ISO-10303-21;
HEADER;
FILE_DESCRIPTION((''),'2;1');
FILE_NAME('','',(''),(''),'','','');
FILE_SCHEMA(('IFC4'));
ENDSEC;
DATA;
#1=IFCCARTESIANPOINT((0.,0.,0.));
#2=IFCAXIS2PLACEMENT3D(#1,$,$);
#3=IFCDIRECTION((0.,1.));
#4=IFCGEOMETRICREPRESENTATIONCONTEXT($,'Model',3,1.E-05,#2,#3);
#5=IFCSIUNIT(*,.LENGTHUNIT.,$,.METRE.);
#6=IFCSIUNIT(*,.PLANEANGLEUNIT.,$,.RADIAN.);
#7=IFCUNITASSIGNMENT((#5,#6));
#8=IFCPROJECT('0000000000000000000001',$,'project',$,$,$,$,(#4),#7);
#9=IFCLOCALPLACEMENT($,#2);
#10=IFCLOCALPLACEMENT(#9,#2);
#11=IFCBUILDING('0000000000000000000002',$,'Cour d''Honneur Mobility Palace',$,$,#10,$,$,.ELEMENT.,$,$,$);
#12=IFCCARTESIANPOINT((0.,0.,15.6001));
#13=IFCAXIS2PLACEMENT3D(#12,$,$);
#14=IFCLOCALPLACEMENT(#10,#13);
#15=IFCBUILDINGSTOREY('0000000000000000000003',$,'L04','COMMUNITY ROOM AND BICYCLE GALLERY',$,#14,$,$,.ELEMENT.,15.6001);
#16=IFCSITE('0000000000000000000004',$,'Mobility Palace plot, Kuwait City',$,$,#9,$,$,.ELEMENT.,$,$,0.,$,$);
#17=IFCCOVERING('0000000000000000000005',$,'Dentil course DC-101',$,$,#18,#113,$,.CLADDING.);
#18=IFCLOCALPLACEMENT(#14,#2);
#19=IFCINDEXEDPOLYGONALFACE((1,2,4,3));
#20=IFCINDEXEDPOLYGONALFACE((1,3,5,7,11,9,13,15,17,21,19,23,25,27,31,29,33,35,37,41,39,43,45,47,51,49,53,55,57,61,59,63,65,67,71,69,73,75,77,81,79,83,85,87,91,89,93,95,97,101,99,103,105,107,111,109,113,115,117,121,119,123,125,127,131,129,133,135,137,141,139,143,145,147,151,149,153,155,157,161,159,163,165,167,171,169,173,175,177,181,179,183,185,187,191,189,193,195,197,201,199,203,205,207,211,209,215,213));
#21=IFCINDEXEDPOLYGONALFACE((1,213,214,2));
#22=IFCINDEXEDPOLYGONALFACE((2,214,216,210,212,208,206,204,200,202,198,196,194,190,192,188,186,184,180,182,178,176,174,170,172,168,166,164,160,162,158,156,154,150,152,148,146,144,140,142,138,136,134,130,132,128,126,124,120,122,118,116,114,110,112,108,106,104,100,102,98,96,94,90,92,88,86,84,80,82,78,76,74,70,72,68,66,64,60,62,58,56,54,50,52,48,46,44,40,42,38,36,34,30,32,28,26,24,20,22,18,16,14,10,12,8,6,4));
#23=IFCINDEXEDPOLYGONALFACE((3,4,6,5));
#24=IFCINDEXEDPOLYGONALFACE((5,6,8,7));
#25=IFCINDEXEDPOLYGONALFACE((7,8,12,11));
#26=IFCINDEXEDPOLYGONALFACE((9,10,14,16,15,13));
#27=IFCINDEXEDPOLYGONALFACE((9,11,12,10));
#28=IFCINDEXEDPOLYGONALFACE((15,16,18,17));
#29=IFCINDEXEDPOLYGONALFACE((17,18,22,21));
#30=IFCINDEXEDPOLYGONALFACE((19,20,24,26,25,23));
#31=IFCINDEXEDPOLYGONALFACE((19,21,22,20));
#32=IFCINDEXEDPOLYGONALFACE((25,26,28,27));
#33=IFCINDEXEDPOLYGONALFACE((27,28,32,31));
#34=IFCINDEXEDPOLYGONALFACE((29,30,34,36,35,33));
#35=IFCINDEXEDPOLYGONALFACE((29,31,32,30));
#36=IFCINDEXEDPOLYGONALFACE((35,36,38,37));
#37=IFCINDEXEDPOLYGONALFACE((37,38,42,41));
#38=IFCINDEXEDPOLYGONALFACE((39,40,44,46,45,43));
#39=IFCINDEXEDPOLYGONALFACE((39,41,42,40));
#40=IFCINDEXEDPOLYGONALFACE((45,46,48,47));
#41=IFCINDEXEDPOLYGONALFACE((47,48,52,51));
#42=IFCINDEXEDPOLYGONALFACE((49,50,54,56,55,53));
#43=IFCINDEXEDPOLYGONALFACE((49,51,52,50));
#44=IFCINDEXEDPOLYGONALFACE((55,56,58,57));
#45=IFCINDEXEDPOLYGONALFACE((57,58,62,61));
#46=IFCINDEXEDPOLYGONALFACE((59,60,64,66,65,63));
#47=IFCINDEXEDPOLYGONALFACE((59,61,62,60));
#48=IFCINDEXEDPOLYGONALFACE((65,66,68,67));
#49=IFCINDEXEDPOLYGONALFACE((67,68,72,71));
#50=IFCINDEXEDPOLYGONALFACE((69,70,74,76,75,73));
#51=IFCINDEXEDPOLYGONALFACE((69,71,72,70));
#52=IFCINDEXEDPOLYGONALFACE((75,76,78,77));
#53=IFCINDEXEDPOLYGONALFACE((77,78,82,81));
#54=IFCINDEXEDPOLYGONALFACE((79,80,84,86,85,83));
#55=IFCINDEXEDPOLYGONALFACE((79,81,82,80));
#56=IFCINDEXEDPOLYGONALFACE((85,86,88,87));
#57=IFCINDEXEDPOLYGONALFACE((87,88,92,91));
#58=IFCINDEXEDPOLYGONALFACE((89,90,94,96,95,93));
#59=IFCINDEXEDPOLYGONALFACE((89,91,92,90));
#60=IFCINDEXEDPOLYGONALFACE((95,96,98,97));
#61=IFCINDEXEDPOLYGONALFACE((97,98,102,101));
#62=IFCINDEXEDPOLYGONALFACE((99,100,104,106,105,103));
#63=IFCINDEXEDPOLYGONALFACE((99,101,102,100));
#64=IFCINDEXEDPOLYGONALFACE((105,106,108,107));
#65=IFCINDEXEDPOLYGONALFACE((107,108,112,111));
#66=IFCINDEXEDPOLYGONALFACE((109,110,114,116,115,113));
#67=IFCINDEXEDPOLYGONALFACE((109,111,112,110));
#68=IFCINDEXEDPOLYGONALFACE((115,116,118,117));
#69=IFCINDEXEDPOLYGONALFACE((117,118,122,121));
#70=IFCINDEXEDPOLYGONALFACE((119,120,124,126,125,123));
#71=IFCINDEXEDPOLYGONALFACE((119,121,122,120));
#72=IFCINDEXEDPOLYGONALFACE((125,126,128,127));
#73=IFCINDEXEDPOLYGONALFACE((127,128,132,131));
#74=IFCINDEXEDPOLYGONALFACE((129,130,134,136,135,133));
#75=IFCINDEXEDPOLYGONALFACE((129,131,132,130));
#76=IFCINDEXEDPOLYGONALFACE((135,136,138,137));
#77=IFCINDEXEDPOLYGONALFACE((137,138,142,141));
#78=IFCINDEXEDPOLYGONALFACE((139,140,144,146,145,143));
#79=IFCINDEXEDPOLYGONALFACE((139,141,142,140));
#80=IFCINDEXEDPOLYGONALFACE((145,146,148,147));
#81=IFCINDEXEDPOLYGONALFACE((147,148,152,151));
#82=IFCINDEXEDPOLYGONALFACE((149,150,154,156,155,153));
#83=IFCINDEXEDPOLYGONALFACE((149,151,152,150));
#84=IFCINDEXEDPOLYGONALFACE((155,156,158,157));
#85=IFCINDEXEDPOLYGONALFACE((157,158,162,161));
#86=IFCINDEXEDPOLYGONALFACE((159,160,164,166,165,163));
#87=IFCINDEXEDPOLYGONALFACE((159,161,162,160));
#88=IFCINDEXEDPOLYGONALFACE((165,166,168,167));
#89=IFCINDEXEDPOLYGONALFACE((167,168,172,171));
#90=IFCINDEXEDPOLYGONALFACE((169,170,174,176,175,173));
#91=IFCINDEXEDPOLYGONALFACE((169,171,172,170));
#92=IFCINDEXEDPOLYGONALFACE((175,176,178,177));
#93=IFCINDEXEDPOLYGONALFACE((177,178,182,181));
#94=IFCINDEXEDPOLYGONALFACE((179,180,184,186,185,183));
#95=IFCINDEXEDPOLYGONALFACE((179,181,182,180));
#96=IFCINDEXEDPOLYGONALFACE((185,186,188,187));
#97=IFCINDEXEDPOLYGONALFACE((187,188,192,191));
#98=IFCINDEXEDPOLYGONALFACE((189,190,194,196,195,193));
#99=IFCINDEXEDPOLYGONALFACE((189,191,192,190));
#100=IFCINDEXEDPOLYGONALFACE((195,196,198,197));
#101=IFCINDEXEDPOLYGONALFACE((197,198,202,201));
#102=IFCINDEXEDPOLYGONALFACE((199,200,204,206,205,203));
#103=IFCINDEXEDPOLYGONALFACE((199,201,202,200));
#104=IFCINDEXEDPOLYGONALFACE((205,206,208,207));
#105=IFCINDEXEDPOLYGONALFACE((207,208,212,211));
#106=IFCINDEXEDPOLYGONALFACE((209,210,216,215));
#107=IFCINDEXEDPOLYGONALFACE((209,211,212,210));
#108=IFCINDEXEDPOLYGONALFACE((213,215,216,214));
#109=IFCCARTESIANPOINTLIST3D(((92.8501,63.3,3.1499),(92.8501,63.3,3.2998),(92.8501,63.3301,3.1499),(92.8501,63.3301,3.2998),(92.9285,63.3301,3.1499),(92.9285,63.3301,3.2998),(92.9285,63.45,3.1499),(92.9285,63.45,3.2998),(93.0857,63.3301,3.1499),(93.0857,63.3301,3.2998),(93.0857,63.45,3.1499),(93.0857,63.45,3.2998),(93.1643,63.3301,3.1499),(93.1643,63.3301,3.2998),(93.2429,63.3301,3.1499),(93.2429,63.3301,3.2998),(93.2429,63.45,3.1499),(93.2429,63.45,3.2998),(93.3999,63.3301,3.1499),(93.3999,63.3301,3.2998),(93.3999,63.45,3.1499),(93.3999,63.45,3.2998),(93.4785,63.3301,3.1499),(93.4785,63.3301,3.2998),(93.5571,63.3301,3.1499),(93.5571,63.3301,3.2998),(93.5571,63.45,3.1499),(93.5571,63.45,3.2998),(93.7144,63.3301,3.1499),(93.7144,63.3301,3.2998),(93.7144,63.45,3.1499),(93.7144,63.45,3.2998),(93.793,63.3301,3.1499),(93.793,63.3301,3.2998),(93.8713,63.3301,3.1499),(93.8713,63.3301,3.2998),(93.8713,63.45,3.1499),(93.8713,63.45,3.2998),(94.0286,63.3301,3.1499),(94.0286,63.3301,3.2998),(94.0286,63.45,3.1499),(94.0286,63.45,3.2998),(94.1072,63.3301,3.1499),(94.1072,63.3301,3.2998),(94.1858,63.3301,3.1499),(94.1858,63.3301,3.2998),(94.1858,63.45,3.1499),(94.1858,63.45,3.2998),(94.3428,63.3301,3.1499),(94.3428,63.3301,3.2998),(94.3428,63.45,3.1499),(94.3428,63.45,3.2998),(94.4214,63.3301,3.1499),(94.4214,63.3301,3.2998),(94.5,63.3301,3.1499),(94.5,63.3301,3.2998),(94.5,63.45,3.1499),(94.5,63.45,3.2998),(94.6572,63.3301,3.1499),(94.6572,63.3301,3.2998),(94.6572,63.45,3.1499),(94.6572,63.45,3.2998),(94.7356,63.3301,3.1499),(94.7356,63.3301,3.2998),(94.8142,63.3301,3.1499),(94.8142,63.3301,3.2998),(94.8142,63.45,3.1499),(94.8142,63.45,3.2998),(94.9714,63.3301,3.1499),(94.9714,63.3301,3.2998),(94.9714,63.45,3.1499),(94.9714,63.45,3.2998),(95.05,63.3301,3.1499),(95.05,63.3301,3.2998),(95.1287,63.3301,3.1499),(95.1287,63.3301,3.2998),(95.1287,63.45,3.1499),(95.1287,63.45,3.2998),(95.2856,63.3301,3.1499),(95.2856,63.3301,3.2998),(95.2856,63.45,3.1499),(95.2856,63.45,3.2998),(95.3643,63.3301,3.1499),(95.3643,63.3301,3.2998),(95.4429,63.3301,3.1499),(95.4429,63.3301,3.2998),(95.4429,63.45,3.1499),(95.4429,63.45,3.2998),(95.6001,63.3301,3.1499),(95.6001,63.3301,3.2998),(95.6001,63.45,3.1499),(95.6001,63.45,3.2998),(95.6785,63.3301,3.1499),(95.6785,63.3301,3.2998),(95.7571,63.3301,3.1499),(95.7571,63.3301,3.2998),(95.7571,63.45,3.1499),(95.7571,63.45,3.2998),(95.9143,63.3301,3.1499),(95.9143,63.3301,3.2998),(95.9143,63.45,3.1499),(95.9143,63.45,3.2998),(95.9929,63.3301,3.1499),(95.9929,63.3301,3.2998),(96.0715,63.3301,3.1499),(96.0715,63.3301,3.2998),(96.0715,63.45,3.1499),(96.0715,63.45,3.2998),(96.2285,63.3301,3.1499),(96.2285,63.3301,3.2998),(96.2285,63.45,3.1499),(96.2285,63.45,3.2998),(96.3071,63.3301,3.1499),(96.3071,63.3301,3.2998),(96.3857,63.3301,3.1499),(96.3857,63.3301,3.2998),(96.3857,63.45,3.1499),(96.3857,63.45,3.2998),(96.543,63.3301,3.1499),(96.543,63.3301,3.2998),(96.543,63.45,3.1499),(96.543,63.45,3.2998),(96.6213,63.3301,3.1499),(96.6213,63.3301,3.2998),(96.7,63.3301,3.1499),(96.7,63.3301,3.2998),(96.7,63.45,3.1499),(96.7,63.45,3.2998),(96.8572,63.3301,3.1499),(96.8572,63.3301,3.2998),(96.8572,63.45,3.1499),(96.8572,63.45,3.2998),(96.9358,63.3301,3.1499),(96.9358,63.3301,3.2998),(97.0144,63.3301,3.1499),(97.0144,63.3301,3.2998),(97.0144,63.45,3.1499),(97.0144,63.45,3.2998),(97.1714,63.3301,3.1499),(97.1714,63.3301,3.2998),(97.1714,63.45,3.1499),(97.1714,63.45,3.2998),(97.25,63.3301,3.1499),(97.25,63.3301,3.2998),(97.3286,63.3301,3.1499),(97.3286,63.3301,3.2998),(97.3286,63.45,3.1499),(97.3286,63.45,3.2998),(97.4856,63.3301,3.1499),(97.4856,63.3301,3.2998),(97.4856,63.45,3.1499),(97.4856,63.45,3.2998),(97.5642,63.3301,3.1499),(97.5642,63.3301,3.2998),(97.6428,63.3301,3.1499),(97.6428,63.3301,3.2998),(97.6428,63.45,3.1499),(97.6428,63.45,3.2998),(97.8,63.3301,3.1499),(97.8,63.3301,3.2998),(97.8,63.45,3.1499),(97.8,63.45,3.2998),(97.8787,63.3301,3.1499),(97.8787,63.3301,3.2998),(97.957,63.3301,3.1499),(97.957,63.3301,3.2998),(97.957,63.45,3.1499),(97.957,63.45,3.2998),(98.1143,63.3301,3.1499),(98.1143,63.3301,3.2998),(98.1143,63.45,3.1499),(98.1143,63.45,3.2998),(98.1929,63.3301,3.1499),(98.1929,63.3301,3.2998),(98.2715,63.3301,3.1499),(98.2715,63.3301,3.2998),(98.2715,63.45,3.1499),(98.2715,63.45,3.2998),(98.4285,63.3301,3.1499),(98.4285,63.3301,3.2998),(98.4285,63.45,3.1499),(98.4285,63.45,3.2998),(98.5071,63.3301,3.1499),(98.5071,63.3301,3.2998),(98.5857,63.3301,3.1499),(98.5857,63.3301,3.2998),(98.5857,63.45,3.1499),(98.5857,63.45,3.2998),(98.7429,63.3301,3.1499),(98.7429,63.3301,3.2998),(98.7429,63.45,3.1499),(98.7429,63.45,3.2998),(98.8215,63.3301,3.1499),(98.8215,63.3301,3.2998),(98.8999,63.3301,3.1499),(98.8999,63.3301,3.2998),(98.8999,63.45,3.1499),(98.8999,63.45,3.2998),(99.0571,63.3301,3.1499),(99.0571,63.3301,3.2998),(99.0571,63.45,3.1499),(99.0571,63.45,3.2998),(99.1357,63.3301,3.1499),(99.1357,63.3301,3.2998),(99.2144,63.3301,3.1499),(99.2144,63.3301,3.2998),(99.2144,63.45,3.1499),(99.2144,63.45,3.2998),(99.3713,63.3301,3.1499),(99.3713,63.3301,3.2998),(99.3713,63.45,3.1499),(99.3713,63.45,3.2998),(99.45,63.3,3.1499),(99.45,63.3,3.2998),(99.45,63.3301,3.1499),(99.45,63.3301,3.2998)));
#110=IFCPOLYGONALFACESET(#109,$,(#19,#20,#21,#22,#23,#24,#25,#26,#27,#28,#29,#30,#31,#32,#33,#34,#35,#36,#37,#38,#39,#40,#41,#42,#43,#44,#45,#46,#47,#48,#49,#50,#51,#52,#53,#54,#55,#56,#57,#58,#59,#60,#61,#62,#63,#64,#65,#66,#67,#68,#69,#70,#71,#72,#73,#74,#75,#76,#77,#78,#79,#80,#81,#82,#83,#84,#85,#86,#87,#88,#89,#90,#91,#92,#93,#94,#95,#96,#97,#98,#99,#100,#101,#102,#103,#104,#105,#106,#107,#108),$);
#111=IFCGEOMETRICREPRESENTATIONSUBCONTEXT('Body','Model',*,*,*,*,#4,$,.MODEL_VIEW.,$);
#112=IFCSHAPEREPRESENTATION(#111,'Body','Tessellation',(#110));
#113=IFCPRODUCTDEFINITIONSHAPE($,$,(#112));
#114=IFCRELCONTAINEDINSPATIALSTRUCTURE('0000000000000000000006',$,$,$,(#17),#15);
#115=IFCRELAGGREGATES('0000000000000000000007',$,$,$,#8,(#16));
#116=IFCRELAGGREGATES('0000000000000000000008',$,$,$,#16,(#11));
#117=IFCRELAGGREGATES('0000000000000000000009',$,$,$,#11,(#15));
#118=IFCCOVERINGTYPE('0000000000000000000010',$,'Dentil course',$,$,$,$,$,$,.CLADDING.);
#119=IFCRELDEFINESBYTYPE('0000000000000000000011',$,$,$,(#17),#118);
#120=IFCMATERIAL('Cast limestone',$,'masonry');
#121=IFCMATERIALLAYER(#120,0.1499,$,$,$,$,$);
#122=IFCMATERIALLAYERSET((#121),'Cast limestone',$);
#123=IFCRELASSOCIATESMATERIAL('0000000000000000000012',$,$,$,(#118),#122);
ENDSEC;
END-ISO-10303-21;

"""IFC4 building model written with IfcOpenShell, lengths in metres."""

from ifc_helpers import new_model, si_unit, direction, frame, origin, place, context, subcontext, project, spatial, polyline, outline, extrude, material, layer, layer_set, type_object, element, save


model = new_model("IFC4")

# Units and contexts
model_context = context("Model", 3, precision=1e-05, world=origin(), true_north=direction((0.0, 1.0)))
body_context = subcontext(model_context, "Body", "Model", "MODEL_VIEW")
ifc_project = project(units=[si_unit("LENGTHUNIT", "METRE"), si_unit("PLANEANGLEUNIT", "RADIAN")], contexts=[model_context])

# Site, building, storey
site_placement = place(None, origin())
site = spatial("IfcSite", under=ifc_project, at=site_placement, Name="Mobility Palace plot, Kuwait City", CompositionType="ELEMENT", RefElevation=0.0)
building_placement = place(site_placement, origin())
building = spatial("IfcBuilding", under=site, at=building_placement, Name="Cour d'Honneur Mobility Palace", CompositionType="ELEMENT")
storey_placement = place(building_placement, frame((0.0, 0.0, 15.6001)))
storey = spatial("IfcBuildingStorey", under=building, at=storey_placement, Name="L04", Description="COMMUNITY ROOM AND BICYCLE GALLERY", CompositionType="ELEMENT", Elevation=15.6001)

# Covering
ifc_material = material(Name="Cast limestone", Category="masonry")
ifc_layer = layer(ifc_material, 0.1499)
ifc_layer_set = layer_set([ifc_layer], Name="Cast limestone")
covering_type = type_object("IfcCoveringType", Name="Dentil course", PredefinedType="CLADDING", material=ifc_layer_set)
covering_1_placement = place(storey_placement, frame((0.0, 0.0, 3.1499)))
element("IfcCovering", 1, at=covering_1_placement, inside=storey, type_object=covering_type, Name="Dentil course DC-101", PredefinedType="CLADDING", context=body_context, shape_type="SweptSolid", body=[
    extrude(outline(polyline([(99.45, 63.3), (92.8501, 63.3), (92.8501, 63.3301), (92.8501, 63.3301), (92.9285, 63.3301), (92.9285, 63.45), (93.0857, 63.45), (93.0857, 63.3301), (93.1643, 63.3301), (93.1643, 63.3301), (93.2429, 63.3301), (93.2429, 63.45), (93.3999, 63.45), (93.3999, 63.3301), (93.4785, 63.3301), (93.4785, 63.3301), (93.5571, 63.3301), (93.5571, 63.45), (93.7144, 63.45), (93.7144, 63.3301), (93.793, 63.3301), (93.793, 63.3301), (93.8713, 63.3301), (93.8713, 63.45), (94.0286, 63.45), (94.0286, 63.3301), (94.1072, 63.3301), (94.1072, 63.3301), (94.1858, 63.3301), (94.1858, 63.45), (94.3428, 63.45), (94.3428, 63.3301), (94.4214, 63.3301), (94.4214, 63.3301), (94.5, 63.3301), (94.5, 63.45), (94.6572, 63.45), (94.6572, 63.3301), (94.7356, 63.3301), (94.7356, 63.3301), (94.8142, 63.3301), (94.8142, 63.45), (94.9714, 63.45), (94.9714, 63.3301), (95.05, 63.3301), (95.05, 63.3301), (95.1287, 63.3301), (95.1287, 63.45), (95.2856, 63.45), (95.2856, 63.3301), (95.3643, 63.3301), (95.3643, 63.3301), (95.4429, 63.3301), (95.4429, 63.45), (95.6001, 63.45), (95.6001, 63.3301), (95.6785, 63.3301), (95.6785, 63.3301), (95.7571, 63.3301), (95.7571, 63.45), (95.9143, 63.45), (95.9143, 63.3301), (95.9929, 63.3301), (95.9929, 63.3301), (96.0715, 63.3301), (96.0715, 63.45), (96.2285, 63.45), (96.2285, 63.3301), (96.3071, 63.3301), (96.3071, 63.3301), (96.3857, 63.3301), (96.3857, 63.45), (96.543, 63.45), (96.543, 63.3301), (96.6213, 63.3301), (96.6213, 63.3301), (96.7, 63.3301), (96.7, 63.45), (96.8572, 63.45), (96.8572, 63.3301), (96.9358, 63.3301), (96.9358, 63.3301), (97.0144, 63.3301), (97.0144, 63.45), (97.1714, 63.45), (97.1714, 63.3301), (97.25, 63.3301), (97.25, 63.3301), (97.3286, 63.3301), (97.3286, 63.45), (97.4856, 63.45), (97.4856, 63.3301), (97.5642, 63.3301), (97.5642, 63.3301), (97.6428, 63.3301), (97.6428, 63.45), (97.8, 63.45), (97.8, 63.3301), (97.8787, 63.3301), (97.8787, 63.3301), (97.957, 63.3301), (97.957, 63.45), (98.1143, 63.45), (98.1143, 63.3301), (98.1929, 63.3301), (98.1929, 63.3301), (98.2715, 63.3301), (98.2715, 63.45), (98.4285, 63.45), (98.4285, 63.3301), (98.5071, 63.3301), (98.5071, 63.3301), (98.5857, 63.3301), (98.5857, 63.45), (98.7429, 63.45), (98.7429, 63.3301), (98.8215, 63.3301), (98.8215, 63.3301), (98.8999, 63.3301), (98.8999, 63.45), (99.0571, 63.45), (99.0571, 63.3301), (99.1357, 63.3301), (99.1357, 63.3301), (99.2144, 63.3301), (99.2144, 63.45), (99.3713, 63.45), (99.3713, 63.3301), (99.45, 63.3301), (99.45, 63.3)])), origin(), (0.0, 0.0, 1.0), 0.1499),
])

save(model, "model.ifc")
